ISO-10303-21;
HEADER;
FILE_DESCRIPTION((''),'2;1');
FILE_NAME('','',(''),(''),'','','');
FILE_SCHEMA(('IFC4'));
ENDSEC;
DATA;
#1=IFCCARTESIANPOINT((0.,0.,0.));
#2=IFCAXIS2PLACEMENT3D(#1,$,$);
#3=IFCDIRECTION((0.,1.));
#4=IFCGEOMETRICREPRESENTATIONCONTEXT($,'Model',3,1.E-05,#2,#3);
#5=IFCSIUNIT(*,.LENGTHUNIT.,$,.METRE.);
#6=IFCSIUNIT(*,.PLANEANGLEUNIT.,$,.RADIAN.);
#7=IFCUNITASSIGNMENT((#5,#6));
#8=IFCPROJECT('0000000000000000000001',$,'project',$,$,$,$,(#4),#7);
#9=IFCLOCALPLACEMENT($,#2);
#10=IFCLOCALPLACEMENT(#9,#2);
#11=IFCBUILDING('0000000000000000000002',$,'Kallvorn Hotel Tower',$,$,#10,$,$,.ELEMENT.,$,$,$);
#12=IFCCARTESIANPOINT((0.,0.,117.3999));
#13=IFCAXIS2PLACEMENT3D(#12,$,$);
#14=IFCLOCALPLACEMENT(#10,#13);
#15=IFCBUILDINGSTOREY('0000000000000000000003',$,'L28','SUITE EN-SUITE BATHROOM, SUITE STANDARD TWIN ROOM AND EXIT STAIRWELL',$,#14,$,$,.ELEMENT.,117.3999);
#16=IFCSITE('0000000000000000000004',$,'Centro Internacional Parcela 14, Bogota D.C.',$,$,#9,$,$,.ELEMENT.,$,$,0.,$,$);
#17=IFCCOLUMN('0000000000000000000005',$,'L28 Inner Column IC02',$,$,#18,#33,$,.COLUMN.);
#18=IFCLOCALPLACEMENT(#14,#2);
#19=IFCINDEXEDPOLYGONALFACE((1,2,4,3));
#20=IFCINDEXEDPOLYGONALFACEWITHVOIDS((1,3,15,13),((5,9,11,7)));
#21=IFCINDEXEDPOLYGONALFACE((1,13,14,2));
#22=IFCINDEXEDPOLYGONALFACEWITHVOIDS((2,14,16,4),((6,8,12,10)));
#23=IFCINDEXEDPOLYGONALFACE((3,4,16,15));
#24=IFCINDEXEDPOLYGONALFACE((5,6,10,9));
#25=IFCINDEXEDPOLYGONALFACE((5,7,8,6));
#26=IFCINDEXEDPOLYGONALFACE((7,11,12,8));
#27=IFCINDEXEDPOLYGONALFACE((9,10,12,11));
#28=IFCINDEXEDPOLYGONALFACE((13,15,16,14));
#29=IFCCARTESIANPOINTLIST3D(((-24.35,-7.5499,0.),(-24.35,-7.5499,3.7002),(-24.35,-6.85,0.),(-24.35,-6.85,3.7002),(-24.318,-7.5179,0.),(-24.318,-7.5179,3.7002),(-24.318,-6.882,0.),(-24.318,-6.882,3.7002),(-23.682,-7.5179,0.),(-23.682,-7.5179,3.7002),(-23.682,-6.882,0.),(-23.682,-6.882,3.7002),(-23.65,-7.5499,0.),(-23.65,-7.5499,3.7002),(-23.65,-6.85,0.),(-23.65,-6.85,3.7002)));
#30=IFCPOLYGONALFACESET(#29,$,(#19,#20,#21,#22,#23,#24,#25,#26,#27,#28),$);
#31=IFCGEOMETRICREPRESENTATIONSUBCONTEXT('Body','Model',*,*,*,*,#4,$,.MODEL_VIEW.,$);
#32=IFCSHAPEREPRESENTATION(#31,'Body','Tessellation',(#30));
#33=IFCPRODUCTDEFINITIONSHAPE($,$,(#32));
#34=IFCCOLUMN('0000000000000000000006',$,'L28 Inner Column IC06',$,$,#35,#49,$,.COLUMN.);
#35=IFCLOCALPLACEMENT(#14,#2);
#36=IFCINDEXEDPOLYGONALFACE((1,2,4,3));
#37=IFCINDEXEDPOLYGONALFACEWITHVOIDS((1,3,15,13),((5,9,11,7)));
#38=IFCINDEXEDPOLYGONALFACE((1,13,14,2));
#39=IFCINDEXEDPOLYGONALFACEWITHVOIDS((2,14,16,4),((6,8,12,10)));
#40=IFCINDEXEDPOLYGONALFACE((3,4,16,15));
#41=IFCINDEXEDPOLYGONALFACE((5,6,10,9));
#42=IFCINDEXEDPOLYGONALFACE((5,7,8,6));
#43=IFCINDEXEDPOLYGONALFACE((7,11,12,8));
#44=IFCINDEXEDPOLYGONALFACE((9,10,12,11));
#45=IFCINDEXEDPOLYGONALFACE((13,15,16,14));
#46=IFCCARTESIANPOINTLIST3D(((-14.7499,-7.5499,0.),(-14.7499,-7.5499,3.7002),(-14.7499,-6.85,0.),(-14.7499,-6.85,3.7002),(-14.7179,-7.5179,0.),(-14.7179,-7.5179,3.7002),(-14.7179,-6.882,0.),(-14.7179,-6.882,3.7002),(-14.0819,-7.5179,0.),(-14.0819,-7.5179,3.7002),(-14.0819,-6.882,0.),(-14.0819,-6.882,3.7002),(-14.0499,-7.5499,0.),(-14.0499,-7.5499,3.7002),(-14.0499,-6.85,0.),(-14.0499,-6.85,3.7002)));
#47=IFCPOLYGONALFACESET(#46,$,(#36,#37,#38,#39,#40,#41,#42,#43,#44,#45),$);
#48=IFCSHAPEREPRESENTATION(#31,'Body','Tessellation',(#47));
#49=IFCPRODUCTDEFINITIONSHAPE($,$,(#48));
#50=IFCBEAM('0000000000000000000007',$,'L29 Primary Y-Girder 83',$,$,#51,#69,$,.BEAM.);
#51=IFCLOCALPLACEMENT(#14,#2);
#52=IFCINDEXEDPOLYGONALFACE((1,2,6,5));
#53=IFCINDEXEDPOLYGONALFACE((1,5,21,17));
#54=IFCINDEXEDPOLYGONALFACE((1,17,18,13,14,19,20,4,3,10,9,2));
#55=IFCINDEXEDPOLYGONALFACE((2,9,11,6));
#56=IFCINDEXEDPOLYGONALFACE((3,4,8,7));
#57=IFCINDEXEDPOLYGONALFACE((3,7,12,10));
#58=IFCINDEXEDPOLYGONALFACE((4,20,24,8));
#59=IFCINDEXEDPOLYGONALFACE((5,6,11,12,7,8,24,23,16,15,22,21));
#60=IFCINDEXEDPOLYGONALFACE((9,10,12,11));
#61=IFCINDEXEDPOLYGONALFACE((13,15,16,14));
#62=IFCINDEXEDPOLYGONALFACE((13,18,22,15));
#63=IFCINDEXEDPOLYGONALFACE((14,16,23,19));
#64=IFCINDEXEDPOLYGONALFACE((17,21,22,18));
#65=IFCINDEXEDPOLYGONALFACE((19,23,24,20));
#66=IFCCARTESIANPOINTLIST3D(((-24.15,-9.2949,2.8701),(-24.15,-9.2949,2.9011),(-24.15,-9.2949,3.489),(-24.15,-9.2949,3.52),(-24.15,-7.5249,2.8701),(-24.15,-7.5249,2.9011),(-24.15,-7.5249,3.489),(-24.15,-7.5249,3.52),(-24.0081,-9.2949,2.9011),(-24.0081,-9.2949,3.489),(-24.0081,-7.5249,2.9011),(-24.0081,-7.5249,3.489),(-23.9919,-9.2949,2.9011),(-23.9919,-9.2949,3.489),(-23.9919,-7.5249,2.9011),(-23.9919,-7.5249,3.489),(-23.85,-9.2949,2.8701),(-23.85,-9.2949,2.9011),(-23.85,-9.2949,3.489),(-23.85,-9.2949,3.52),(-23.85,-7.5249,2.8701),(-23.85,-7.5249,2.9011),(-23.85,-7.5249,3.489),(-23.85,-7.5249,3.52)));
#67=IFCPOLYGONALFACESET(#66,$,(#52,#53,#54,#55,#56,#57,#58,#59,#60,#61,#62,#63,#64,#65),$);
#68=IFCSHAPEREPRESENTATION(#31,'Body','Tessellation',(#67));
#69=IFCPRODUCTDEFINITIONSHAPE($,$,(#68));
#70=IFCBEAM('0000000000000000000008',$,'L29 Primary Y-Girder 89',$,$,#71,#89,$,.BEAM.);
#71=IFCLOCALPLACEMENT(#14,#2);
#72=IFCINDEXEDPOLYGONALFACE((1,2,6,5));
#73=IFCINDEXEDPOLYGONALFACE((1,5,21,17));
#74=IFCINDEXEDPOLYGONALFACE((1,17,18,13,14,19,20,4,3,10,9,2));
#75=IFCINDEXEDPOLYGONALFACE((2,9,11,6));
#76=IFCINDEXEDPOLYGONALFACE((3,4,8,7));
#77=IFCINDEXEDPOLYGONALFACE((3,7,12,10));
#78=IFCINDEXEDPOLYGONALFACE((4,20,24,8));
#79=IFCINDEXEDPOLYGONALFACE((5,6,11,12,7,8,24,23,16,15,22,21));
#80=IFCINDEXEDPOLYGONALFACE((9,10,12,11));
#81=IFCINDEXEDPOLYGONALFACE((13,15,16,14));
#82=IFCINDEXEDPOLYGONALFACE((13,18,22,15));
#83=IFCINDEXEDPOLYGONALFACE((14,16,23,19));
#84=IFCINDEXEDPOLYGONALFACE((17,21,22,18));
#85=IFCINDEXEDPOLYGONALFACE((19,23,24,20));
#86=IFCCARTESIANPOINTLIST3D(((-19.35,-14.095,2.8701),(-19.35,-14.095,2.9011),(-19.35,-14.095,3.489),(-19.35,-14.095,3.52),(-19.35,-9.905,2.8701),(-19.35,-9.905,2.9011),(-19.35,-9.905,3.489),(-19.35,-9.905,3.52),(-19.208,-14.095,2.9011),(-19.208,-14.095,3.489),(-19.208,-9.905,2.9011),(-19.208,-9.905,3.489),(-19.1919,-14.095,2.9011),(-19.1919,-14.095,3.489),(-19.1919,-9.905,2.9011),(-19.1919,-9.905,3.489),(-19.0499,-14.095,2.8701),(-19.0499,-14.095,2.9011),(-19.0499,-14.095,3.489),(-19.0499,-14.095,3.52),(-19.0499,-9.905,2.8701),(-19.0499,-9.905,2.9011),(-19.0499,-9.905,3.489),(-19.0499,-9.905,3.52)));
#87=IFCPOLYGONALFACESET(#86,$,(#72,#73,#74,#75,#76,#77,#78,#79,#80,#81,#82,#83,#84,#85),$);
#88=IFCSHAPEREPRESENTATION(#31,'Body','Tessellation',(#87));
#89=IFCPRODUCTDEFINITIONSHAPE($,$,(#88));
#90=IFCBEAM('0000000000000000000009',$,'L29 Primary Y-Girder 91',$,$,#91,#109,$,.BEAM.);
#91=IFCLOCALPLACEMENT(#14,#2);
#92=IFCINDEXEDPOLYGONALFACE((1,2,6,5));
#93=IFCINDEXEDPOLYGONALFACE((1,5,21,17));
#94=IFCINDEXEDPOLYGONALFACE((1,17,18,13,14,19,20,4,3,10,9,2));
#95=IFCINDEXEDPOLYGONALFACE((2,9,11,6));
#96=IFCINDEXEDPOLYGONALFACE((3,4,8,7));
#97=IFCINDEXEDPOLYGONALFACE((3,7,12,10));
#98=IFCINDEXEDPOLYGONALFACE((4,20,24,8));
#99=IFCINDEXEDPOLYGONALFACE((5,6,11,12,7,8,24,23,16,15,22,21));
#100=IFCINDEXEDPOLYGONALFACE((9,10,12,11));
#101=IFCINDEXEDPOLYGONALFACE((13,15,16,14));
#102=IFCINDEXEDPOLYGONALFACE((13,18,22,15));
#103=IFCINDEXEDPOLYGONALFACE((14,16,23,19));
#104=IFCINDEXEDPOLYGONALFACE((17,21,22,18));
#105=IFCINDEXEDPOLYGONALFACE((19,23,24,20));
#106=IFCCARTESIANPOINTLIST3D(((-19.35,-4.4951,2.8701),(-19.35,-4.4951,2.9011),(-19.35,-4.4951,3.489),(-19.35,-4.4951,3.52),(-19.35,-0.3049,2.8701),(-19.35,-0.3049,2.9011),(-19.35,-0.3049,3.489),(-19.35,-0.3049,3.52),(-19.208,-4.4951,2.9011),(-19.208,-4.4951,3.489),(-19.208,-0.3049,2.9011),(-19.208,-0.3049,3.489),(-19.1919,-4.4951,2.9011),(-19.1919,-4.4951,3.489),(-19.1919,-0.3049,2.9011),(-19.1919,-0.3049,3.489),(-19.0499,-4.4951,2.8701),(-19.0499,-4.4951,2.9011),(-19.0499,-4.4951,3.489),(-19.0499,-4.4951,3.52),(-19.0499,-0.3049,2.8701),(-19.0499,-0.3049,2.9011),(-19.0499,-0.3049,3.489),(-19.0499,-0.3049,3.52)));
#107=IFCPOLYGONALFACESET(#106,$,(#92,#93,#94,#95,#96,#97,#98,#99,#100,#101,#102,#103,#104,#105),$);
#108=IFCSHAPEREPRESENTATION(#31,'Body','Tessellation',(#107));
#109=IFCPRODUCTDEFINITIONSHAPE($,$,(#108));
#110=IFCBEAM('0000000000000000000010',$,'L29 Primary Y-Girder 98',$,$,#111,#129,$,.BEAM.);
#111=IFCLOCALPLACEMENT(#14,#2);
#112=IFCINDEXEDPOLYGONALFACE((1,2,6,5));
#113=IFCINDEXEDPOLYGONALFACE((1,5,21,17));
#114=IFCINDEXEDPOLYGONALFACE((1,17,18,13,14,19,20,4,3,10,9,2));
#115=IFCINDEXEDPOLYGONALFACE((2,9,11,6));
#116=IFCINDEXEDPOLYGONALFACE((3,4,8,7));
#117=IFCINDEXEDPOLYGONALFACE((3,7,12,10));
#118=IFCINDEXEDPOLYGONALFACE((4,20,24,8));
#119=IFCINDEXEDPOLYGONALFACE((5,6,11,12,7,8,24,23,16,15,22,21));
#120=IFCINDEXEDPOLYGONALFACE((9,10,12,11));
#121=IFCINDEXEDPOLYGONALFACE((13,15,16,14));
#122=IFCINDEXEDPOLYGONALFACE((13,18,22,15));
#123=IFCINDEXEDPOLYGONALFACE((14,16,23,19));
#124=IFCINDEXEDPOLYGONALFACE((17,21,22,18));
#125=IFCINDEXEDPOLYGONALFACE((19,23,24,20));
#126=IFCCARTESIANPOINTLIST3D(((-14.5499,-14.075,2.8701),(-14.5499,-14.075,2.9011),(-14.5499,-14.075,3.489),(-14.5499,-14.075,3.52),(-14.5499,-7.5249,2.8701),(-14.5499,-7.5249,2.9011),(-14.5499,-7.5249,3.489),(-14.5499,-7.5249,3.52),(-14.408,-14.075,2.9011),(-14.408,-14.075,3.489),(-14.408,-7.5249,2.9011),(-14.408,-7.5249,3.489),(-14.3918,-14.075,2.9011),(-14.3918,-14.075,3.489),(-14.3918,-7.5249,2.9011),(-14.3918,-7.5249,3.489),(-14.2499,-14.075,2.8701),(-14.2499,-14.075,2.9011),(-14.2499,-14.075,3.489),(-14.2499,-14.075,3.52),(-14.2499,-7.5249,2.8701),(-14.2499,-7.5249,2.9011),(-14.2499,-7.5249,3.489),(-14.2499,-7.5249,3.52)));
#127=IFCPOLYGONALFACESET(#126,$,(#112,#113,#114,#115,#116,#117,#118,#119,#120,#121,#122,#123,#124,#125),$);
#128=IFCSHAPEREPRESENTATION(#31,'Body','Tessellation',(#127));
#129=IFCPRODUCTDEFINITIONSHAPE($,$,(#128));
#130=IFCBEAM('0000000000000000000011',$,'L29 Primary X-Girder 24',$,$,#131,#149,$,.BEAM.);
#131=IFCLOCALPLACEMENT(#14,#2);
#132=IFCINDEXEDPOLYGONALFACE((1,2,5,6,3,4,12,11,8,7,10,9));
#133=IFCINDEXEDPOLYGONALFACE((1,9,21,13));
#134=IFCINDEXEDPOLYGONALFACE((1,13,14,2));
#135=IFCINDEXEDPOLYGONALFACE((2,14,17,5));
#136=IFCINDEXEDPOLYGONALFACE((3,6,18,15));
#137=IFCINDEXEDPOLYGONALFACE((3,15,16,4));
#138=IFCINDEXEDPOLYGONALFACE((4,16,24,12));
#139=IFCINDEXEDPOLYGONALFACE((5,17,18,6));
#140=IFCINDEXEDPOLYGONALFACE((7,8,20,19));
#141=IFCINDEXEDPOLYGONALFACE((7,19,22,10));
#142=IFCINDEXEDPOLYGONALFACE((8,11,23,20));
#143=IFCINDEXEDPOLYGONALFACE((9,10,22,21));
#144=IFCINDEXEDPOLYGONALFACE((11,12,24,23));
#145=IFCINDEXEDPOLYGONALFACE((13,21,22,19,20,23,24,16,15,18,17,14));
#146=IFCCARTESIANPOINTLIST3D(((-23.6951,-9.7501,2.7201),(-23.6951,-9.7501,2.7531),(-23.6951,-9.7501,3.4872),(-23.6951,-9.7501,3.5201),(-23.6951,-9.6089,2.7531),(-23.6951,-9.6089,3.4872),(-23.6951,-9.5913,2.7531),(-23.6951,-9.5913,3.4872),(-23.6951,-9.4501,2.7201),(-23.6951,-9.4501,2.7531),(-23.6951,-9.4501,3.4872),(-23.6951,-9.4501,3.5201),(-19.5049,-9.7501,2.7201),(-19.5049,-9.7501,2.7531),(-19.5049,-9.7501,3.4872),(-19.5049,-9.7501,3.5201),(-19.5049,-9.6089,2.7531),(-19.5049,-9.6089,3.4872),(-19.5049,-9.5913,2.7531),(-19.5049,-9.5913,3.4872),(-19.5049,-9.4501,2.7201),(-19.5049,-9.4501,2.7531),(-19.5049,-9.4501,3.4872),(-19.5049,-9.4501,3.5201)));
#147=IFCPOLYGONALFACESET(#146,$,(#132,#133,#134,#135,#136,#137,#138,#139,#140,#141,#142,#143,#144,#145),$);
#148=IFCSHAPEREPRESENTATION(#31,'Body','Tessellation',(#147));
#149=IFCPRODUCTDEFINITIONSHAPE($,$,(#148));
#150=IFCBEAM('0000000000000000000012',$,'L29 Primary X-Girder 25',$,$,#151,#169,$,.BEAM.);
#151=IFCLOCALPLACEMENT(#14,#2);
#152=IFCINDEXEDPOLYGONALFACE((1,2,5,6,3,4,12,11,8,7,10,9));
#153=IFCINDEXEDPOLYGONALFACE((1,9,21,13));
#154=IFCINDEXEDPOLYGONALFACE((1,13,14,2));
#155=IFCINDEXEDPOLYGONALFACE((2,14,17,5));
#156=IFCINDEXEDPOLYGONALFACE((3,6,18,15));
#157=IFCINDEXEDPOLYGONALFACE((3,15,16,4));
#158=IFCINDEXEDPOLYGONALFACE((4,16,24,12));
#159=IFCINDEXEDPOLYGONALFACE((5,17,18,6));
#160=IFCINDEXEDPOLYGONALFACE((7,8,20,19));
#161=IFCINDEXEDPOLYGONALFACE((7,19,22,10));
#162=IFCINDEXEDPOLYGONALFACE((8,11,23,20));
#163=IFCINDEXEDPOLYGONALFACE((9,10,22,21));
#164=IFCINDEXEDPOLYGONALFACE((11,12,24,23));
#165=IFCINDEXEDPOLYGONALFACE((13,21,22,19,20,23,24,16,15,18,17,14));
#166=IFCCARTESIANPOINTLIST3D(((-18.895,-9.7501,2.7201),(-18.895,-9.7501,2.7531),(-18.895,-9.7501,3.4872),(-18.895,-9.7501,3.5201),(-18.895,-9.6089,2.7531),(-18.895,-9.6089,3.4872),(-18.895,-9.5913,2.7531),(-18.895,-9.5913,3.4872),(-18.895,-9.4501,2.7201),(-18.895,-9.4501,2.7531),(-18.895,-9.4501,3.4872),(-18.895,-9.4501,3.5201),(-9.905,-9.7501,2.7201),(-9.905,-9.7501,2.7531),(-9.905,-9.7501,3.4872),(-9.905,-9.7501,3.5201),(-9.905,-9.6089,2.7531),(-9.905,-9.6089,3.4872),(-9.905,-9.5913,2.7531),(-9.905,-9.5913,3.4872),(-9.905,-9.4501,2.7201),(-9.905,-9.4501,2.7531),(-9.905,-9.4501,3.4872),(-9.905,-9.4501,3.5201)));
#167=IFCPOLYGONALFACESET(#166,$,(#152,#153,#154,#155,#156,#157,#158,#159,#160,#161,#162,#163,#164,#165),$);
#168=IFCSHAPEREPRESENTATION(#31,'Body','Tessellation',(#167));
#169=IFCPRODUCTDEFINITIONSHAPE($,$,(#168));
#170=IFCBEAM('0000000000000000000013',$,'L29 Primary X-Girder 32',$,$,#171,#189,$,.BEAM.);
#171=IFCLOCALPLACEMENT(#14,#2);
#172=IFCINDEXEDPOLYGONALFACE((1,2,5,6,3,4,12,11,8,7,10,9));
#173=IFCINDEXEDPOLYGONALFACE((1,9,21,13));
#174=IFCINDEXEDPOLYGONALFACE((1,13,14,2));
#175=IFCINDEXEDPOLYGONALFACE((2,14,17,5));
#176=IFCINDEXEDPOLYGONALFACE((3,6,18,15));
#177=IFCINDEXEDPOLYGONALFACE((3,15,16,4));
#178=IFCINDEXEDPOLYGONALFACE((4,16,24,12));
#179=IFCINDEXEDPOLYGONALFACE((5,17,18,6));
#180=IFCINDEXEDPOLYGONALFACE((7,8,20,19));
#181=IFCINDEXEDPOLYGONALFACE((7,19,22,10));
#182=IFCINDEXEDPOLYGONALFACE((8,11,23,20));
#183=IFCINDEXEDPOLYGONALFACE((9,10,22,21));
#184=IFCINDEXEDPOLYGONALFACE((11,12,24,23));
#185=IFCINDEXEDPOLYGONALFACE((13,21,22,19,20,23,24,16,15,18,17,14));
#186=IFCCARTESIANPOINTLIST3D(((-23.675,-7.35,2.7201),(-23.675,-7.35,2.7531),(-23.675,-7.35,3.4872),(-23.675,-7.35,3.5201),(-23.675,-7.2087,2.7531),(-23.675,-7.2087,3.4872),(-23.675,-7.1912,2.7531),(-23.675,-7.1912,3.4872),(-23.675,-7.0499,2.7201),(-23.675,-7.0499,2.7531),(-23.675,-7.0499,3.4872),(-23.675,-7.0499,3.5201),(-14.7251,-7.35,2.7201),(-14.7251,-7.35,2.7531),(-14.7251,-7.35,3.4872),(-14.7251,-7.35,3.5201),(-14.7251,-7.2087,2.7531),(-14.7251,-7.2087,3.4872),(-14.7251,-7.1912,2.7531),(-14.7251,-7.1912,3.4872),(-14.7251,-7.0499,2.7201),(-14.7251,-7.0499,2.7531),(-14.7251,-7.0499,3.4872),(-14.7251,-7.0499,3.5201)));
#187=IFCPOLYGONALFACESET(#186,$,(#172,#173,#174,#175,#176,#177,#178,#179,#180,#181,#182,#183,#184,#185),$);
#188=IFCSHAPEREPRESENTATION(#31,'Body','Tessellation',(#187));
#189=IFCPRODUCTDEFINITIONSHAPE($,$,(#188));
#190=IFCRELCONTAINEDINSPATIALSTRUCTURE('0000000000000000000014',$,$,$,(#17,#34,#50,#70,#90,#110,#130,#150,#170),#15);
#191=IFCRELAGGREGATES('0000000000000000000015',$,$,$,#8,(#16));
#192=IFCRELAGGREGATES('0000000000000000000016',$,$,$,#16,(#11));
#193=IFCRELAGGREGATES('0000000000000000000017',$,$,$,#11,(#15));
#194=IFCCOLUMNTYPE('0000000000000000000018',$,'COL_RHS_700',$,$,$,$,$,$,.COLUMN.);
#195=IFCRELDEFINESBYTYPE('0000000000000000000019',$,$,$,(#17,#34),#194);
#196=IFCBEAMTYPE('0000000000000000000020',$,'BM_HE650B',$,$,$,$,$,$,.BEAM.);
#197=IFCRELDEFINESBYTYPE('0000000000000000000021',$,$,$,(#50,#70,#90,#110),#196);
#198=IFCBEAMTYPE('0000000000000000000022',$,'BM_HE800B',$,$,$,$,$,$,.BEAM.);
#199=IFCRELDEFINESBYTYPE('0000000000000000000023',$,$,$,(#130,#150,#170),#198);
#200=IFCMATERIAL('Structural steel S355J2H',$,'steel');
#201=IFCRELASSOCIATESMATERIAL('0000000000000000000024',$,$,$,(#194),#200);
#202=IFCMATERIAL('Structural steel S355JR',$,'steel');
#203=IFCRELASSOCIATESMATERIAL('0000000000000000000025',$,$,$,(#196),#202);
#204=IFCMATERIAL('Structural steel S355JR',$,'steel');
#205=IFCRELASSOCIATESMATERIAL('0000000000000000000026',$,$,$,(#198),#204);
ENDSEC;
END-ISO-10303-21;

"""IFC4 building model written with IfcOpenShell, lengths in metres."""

from ifc_helpers import new_model, si_unit, direction, frame, origin, origin_2d, place, context, subcontext, project, spatial, hollow_rectangle, i_section, extrude, material, material_profile, profile_set, type_object, element, save


model = new_model("IFC4")

# Units and contexts
model_context = context("Model", 3, precision=1e-05, world=origin(), true_north=direction((0.0, 1.0)))
body_context = subcontext(model_context, "Body", "Model", "MODEL_VIEW")
ifc_project = project(units=[si_unit("LENGTHUNIT", "METRE"), si_unit("PLANEANGLEUNIT", "RADIAN")], contexts=[model_context])

# Site, building, storey
site_placement = place(None, origin())
site = spatial("IfcSite", under=ifc_project, at=site_placement, Name="Centro Internacional Parcela 14, Bogota D.C.", CompositionType="ELEMENT", RefElevation=0.0)
building_placement = place(site_placement, origin())
building = spatial("IfcBuilding", under=site, at=building_placement, Name="Kallvorn Hotel Tower", CompositionType="ELEMENT")
storey_placement = place(building_placement, frame((0.0, 0.0, 117.3999)))
storey = spatial("IfcBuildingStorey", under=building, at=storey_placement, Name="L28", Description="SUITE EN-SUITE BATHROOM, SUITE STANDARD TWIN ROOM AND EXIT STAIRWELL", CompositionType="ELEMENT", Elevation=117.3999)

# Columns
ifc_material_1 = material(Name="Structural steel S355J2H", Category="steel")
ifc_material_profile_1 = material_profile(ifc_material_1, hollow_rectangle(XDim=0.7, YDim=0.7, WallThickness=0.032, at=origin_2d()), Name="RHS 700x700x32")
ifc_profile_set_1 = profile_set([ifc_material_profile_1], Name="Structural steel S355J2H")
column_type_1 = type_object("IfcColumnType", Name="COL_RHS_700", PredefinedType="COLUMN", material=ifc_profile_set_1)
for number, where, z_axis, x_axis, name in (
    (1, (-24.0, -7.2, 0.0), (0.0, 0.0, 1.0), (1.0, 0.0, 0.0), "L28 Inner Column IC02"),
    (2, (-14.3999, -7.2, 0.0), (0.0, 0.0, 1.0), (1.0, 0.0, 0.0), "L28 Inner Column IC06"),
):
    element("IfcColumn", number, at=place(storey_placement, frame(where, z_axis=z_axis, x_axis=x_axis)), inside=storey, type_object=column_type_1, Name=name, PredefinedType="COLUMN", context=body_context, shape_type="SweptSolid", body=[
        extrude(hollow_rectangle(XDim=0.7, YDim=0.7, WallThickness=0.032, at=origin_2d()), origin(), (0.0, 0.0, 1.0), 3.7002),
    ])

# Beams
ifc_material_2 = material(Name="Structural steel S355JR", Category="steel")
ifc_material_profile_2 = material_profile(ifc_material_2, i_section(OverallWidth=0.3, OverallDepth=0.6499, WebThickness=0.0161, FlangeThickness=0.031, at=origin_2d()), Name="HE 650 B")
ifc_profile_set_2 = profile_set([ifc_material_profile_2], Name="Structural steel S355JR")
beam_type_1 = type_object("IfcBeamType", Name="BM_HE650B", PredefinedType="BEAM", material=ifc_profile_set_2)
beam_1_placement = place(storey_placement, frame((-24.0, -9.2949, 3.1951), z_axis=(0.0, 1.0, 0.0), x_axis=(-1.0, 0.0, 0.0)))
element("IfcBeam", 3, at=beam_1_placement, inside=storey, type_object=beam_type_1, Name="L29 Primary Y-Girder 83", PredefinedType="BEAM", context=body_context, shape_type="SweptSolid", body=[
    extrude(i_section(OverallWidth=0.3, OverallDepth=0.6499, WebThickness=0.0161, FlangeThickness=0.031, at=origin_2d()), origin(), (0.0, 0.0, 1.0), 1.77),
])
beam_2_placement = place(storey_placement, frame((-19.2, -14.095, 3.1951), z_axis=(0.0, 1.0, 0.0), x_axis=(-1.0, 0.0, 0.0)))
element("IfcBeam", 4, at=beam_2_placement, inside=storey, type_object=beam_type_1, Name="L29 Primary Y-Girder 89", PredefinedType="BEAM", context=body_context, shape_type="SweptSolid", body=[
    extrude(i_section(OverallWidth=0.3, OverallDepth=0.6499, WebThickness=0.0161, FlangeThickness=0.031, at=origin_2d()), origin(), (0.0, 0.0, 1.0), 4.1899),
])
beam_3_placement = place(storey_placement, frame((-19.2, -4.4951, 3.1951), z_axis=(0.0, 1.0, 0.0), x_axis=(-1.0, 0.0, 0.0)))
element("IfcBeam", 5, at=beam_3_placement, inside=storey, type_object=beam_type_1, Name="L29 Primary Y-Girder 91", PredefinedType="BEAM", context=body_context, shape_type="SweptSolid", body=[
    extrude(i_section(OverallWidth=0.3, OverallDepth=0.6499, WebThickness=0.0161, FlangeThickness=0.031, at=origin_2d()), origin(), (0.0, 0.0, 1.0), 4.1902),
])
beam_4_placement = place(storey_placement, frame((-14.3999, -14.075, 3.1951), z_axis=(0.0, 1.0, 0.0), x_axis=(-1.0, 0.0, 0.0)))
element("IfcBeam", 6, at=beam_4_placement, inside=storey, type_object=beam_type_1, Name="L29 Primary Y-Girder 98", PredefinedType="BEAM", context=body_context, shape_type="SweptSolid", body=[
    extrude(i_section(OverallWidth=0.3, OverallDepth=0.6499, WebThickness=0.0161, FlangeThickness=0.031, at=origin_2d()), origin(), (0.0, 0.0, 1.0), 6.55),
])
ifc_material_3 = material(Name="Structural steel S355JR", Category="steel")
ifc_material_profile_3 = material_profile(ifc_material_3, i_section(OverallWidth=0.3, OverallDepth=0.8, WebThickness=0.0176, FlangeThickness=0.033, at=origin_2d()), Name="HE 800 B")
ifc_profile_set_3 = profile_set([ifc_material_profile_3], Name="Structural steel S355JR")
beam_type_2 = type_object("IfcBeamType", Name="BM_HE800B", PredefinedType="BEAM", material=ifc_profile_set_3)
beam_5_placement = place(storey_placement, frame((-23.6951, -9.6001, 3.1201), z_axis=(1.0, 0.0, 0.0), x_axis=(0.0, 1.0, 0.0)))
element("IfcBeam", 7, at=beam_5_placement, inside=storey, type_object=beam_type_2, Name="L29 Primary X-Girder 24", PredefinedType="BEAM", context=body_context, shape_type="SweptSolid", body=[
    extrude(i_section(OverallWidth=0.3, OverallDepth=0.8, WebThickness=0.0176, FlangeThickness=0.033, at=origin_2d()), origin(), (0.0, 0.0, 1.0), 4.1902),
])
beam_6_placement = place(storey_placement, frame((-18.895, -9.6001, 3.1201), z_axis=(1.0, 0.0, 0.0), x_axis=(0.0, 1.0, 0.0)))
element("IfcBeam", 8, at=beam_6_placement, inside=storey, type_object=beam_type_2, Name="L29 Primary X-Girder 25", PredefinedType="BEAM", context=body_context, shape_type="SweptSolid", body=[
    extrude(i_section(OverallWidth=0.3, OverallDepth=0.8, WebThickness=0.0176, FlangeThickness=0.033, at=origin_2d()), origin(), (0.0, 0.0, 1.0), 8.99),
])
beam_7_placement = place(storey_placement, frame((-23.675, -7.2, 3.1201), z_axis=(1.0, 0.0, 0.0), x_axis=(0.0, 1.0, 0.0)))
element("IfcBeam", 9, at=beam_7_placement, inside=storey, type_object=beam_type_2, Name="L29 Primary X-Girder 32", PredefinedType="BEAM", context=body_context, shape_type="SweptSolid", body=[
    extrude(i_section(OverallWidth=0.3, OverallDepth=0.8, WebThickness=0.0176, FlangeThickness=0.033, at=origin_2d()), origin(), (0.0, 0.0, 1.0), 8.95),
])

save(model, "model.ifc")
